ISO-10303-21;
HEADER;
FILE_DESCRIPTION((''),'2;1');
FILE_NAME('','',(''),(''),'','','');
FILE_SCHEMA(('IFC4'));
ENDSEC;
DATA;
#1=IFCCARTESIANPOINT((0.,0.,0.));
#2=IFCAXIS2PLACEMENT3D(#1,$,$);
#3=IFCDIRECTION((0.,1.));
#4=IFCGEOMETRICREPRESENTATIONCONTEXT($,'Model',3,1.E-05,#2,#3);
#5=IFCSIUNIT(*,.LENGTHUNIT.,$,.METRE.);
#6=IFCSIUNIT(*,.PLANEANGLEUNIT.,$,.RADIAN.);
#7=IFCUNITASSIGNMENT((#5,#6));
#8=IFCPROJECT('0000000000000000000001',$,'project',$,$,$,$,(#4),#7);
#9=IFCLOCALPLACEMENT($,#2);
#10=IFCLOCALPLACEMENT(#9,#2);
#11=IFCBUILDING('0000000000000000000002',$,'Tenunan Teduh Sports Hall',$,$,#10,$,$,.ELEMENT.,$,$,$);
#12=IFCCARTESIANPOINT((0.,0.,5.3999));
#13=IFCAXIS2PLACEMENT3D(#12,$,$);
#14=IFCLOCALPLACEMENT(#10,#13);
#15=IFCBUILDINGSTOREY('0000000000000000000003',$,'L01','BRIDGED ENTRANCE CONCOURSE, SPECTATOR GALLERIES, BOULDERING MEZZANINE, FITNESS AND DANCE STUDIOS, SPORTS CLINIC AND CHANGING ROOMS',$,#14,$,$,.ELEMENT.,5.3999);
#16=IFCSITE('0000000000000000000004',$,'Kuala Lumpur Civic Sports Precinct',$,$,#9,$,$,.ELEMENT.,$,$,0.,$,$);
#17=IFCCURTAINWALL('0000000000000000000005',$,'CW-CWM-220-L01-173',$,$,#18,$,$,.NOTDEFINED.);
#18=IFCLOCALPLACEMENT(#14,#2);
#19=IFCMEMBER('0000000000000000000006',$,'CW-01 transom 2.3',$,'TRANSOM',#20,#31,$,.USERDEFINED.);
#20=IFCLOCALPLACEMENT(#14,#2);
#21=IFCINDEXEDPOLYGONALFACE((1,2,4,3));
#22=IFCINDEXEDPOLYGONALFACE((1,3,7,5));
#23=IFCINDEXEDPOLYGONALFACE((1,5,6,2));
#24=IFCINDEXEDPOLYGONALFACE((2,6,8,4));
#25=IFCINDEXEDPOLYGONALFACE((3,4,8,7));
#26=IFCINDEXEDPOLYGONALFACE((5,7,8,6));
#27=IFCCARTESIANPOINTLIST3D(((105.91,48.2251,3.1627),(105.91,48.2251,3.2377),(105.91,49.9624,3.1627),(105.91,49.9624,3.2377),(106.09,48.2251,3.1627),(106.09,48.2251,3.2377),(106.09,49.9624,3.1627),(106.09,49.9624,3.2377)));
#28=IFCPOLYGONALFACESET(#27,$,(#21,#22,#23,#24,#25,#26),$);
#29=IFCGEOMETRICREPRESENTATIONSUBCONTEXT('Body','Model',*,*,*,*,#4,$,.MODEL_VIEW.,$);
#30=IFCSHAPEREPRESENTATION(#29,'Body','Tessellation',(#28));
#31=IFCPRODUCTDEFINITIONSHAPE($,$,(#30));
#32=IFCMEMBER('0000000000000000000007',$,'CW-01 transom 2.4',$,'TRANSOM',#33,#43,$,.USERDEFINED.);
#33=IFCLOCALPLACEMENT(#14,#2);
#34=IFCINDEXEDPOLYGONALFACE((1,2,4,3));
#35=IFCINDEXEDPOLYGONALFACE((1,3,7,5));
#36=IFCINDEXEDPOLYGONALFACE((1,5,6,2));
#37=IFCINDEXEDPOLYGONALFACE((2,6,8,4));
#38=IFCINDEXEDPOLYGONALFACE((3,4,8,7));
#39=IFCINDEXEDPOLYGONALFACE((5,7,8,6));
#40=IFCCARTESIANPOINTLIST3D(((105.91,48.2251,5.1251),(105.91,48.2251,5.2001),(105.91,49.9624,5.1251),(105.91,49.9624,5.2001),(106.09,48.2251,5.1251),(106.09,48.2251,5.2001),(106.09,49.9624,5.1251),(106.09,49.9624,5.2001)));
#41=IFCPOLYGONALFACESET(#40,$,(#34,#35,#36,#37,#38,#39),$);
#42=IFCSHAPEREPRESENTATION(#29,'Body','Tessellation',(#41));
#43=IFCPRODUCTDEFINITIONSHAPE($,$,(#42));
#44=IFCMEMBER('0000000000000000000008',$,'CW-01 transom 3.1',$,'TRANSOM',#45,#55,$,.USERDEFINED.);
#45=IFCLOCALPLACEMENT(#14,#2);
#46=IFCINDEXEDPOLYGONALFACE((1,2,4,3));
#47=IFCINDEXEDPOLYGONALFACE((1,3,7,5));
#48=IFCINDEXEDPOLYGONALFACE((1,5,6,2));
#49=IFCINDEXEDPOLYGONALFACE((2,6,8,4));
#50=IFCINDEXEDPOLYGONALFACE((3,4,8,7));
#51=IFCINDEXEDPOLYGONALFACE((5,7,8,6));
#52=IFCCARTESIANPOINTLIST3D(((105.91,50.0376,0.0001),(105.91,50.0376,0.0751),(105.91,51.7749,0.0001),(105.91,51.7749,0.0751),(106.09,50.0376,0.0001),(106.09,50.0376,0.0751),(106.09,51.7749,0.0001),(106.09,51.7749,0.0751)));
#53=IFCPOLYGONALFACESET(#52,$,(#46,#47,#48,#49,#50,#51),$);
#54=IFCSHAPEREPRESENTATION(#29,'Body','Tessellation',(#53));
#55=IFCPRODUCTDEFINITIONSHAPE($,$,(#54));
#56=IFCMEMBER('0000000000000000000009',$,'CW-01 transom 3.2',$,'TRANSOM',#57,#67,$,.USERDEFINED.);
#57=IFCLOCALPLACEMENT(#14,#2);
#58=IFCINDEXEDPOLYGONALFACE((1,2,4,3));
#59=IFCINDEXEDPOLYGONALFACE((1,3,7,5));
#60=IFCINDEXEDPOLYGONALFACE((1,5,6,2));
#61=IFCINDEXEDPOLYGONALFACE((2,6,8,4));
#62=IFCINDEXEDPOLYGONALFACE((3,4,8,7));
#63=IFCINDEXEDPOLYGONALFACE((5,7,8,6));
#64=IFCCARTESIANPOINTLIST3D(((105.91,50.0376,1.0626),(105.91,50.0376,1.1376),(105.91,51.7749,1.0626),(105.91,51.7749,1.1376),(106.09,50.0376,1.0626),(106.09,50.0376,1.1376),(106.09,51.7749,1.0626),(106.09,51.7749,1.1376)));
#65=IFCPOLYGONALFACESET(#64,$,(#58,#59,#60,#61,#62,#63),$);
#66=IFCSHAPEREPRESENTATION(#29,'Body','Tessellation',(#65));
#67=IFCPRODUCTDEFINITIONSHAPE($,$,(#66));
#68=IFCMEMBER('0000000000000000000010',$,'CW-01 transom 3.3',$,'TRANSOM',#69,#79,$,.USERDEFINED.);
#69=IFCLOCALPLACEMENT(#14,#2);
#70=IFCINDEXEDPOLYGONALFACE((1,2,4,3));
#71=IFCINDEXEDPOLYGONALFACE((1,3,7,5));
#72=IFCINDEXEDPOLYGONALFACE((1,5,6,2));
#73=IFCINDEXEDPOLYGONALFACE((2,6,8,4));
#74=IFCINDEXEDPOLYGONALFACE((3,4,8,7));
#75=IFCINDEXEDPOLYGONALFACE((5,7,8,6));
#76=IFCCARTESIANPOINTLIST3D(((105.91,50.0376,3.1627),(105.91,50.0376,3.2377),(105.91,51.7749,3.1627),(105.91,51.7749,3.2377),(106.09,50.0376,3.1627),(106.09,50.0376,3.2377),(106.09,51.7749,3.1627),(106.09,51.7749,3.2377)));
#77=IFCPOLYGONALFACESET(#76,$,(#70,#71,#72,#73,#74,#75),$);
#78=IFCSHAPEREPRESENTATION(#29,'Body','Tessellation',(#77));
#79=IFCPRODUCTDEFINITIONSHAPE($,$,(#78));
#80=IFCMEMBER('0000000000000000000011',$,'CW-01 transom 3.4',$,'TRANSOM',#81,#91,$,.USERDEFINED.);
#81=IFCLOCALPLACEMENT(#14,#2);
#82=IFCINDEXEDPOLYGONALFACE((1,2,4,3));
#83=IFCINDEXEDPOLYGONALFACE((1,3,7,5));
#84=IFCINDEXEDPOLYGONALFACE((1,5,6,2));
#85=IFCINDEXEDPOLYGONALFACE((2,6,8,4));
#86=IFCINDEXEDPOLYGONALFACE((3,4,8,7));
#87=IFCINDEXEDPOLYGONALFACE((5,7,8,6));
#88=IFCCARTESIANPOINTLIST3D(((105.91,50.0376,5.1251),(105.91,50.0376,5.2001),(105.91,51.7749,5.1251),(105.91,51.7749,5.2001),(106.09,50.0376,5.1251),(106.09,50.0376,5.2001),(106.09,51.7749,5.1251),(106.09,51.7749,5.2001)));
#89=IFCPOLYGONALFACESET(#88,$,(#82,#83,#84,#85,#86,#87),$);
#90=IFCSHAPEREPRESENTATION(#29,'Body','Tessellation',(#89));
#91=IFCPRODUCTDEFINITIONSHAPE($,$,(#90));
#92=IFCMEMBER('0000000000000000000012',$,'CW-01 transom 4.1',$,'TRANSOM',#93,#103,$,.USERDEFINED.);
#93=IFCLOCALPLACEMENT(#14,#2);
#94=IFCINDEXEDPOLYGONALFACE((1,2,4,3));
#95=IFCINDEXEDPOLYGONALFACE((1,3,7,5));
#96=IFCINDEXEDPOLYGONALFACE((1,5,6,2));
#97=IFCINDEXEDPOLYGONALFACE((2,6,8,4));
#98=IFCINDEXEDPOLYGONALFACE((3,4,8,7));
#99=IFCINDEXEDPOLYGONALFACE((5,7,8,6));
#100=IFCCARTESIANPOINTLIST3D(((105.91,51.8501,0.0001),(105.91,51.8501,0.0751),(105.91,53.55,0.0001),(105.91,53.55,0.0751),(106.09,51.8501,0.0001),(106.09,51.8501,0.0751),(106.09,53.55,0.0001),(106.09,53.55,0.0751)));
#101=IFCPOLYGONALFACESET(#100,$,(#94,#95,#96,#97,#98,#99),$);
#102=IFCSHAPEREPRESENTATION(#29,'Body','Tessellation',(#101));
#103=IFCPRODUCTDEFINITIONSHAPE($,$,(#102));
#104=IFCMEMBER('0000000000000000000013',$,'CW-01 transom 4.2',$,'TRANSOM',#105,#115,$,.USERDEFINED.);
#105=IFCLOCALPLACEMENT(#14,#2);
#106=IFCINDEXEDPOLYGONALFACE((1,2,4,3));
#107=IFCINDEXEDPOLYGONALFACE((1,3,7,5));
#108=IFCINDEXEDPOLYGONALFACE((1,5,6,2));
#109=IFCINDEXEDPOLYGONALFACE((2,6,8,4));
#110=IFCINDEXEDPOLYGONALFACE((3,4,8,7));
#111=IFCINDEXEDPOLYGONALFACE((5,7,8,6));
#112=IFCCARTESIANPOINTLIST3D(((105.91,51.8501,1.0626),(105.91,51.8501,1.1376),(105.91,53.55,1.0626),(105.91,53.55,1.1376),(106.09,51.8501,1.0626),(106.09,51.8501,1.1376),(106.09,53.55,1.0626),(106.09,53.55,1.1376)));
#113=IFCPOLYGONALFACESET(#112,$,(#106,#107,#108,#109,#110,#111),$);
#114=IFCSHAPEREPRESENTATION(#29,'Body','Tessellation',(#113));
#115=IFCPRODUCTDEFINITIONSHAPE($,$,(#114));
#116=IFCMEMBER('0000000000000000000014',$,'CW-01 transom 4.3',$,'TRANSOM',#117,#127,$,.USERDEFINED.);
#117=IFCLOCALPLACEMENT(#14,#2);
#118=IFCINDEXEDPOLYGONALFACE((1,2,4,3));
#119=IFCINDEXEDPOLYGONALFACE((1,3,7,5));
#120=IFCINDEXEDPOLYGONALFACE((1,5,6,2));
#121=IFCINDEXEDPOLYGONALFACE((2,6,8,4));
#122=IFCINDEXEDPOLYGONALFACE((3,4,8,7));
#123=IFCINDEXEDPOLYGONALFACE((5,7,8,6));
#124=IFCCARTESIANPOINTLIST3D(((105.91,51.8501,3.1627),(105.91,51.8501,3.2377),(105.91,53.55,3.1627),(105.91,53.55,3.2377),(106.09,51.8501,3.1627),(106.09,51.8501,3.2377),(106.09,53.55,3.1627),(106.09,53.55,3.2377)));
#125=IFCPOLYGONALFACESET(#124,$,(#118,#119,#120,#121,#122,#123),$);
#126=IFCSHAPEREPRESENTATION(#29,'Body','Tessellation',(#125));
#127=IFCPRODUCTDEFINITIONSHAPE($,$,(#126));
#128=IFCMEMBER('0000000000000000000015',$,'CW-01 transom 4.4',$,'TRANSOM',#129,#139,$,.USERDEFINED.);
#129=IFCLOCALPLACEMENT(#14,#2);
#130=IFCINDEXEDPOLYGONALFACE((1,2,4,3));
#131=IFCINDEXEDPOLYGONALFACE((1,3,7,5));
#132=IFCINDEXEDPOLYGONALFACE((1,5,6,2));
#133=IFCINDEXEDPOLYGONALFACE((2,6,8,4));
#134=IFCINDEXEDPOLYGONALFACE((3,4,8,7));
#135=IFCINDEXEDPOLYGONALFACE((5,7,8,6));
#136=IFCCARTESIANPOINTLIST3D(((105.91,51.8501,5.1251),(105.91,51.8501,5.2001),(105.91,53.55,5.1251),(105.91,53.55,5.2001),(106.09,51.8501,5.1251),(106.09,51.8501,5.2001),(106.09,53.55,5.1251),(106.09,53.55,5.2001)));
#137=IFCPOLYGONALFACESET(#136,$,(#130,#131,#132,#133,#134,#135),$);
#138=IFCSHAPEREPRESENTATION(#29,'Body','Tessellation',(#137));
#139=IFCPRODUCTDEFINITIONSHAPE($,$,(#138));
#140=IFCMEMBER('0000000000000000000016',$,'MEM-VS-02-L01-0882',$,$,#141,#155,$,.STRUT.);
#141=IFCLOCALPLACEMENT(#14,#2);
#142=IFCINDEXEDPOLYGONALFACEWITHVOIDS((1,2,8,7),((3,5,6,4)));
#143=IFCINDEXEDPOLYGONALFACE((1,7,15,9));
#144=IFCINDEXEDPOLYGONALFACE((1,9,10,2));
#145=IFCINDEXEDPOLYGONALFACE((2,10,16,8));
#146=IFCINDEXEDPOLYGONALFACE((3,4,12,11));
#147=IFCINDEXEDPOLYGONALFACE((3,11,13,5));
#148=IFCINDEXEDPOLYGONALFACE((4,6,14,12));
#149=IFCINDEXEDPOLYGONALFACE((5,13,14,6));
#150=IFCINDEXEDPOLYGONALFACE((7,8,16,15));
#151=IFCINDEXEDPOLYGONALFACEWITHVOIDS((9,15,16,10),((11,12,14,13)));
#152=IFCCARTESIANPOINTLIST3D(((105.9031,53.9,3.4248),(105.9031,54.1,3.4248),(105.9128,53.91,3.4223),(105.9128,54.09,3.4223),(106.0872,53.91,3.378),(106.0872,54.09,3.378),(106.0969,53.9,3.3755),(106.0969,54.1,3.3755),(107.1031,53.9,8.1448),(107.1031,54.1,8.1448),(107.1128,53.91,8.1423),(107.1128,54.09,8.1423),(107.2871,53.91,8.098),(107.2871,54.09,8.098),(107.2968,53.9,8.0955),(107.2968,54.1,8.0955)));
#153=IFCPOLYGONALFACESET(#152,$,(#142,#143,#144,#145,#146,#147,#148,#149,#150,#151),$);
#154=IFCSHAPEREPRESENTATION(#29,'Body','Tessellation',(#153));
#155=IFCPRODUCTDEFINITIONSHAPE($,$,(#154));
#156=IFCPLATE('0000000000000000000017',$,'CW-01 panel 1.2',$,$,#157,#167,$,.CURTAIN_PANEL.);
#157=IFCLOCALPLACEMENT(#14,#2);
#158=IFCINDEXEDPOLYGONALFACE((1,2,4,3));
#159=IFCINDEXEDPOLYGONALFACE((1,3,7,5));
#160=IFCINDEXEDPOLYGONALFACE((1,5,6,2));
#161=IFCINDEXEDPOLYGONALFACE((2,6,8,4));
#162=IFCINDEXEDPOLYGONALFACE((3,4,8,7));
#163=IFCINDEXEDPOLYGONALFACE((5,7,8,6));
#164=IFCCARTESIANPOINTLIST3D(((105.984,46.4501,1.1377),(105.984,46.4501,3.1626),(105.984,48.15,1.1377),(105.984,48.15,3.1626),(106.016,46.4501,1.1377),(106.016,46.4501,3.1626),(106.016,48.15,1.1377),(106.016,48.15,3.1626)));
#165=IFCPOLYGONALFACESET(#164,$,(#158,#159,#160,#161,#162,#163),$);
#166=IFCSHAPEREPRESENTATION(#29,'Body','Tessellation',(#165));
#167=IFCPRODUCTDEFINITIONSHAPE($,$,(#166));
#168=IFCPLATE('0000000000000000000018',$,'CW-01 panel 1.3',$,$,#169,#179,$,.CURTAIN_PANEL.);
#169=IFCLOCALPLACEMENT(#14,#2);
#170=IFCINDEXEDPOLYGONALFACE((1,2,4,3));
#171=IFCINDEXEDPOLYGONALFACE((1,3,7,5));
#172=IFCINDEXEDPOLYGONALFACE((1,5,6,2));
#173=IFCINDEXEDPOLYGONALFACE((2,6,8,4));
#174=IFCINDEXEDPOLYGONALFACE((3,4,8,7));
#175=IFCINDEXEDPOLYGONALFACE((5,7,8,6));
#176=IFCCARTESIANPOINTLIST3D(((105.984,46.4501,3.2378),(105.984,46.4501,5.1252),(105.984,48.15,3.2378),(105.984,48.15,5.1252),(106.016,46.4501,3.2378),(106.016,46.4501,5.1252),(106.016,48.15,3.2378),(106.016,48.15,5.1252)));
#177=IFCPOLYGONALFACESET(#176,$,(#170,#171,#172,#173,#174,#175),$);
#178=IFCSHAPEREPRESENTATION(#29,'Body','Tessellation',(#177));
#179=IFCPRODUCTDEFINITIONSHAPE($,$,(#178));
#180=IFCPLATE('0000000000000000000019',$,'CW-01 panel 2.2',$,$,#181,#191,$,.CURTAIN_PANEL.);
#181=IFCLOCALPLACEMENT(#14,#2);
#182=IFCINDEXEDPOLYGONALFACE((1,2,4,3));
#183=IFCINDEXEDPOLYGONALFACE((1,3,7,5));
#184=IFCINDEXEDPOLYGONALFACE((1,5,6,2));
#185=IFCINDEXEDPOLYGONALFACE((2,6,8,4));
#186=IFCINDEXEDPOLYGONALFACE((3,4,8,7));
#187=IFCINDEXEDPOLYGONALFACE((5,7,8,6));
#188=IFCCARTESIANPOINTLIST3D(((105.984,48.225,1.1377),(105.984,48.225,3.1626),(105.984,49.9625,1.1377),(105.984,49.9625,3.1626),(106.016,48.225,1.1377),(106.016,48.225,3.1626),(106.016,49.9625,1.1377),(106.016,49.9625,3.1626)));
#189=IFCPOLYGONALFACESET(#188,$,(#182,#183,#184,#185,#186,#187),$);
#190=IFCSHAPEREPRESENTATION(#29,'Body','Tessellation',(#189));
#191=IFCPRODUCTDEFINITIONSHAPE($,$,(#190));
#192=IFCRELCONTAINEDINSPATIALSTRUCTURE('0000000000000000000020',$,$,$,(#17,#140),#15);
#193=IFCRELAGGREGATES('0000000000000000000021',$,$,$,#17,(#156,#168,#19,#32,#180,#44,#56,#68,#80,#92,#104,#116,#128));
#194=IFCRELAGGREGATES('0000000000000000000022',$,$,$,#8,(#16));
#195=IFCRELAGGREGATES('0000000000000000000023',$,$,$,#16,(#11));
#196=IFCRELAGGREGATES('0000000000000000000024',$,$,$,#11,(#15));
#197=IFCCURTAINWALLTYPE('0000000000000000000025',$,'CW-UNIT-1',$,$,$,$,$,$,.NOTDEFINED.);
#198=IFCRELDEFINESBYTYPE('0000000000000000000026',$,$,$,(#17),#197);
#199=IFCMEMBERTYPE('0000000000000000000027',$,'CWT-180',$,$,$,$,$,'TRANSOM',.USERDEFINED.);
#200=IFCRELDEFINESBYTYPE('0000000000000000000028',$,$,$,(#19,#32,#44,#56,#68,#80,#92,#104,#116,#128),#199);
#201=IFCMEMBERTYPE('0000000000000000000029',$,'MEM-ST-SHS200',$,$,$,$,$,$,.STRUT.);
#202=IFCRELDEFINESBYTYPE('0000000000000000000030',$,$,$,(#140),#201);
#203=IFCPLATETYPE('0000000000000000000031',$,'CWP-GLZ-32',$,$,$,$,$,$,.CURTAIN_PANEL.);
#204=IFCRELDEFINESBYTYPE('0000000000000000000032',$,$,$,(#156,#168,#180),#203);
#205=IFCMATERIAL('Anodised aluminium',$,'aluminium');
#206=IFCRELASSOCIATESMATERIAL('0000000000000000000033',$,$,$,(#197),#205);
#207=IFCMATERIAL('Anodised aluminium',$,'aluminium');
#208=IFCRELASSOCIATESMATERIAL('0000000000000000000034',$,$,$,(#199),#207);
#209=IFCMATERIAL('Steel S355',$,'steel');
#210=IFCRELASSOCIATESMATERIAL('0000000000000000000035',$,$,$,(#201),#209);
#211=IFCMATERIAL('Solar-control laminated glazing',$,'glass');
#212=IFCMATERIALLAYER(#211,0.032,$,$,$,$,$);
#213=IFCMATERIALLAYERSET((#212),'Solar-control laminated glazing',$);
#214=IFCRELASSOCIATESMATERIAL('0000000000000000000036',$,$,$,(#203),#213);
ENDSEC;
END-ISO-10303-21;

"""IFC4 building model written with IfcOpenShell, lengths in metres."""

from ifc_helpers import new_model, si_unit, direction, frame, origin, origin_2d, place, context, subcontext, project, spatial, rectangle, hollow_rectangle, extrude, material, layer, layer_set, material_profile, profile_set, type_object, element, aggregate, save


model = new_model("IFC4")

# Units and contexts
model_context = context("Model", 3, precision=1e-05, world=origin(), true_north=direction((0.0, 1.0)))
body_context = subcontext(model_context, "Body", "Model", "MODEL_VIEW")
ifc_project = project(units=[si_unit("LENGTHUNIT", "METRE"), si_unit("PLANEANGLEUNIT", "RADIAN")], contexts=[model_context])

# Site, building, storey
site_placement = place(None, origin())
site = spatial("IfcSite", under=ifc_project, at=site_placement, Name="Kuala Lumpur Civic Sports Precinct", CompositionType="ELEMENT", RefElevation=0.0)
building_placement = place(site_placement, origin())
building = spatial("IfcBuilding", under=site, at=building_placement, Name="Tenunan Teduh Sports Hall", CompositionType="ELEMENT")
storey_placement = place(building_placement, frame((0.0, 0.0, 5.3999)))
storey = spatial("IfcBuildingStorey", under=building, at=storey_placement, Name="L01", Description="BRIDGED ENTRANCE CONCOURSE, SPECTATOR GALLERIES, BOULDERING MEZZANINE, FITNESS AND DANCE STUDIOS, SPORTS CLINIC AND CHANGING ROOMS", CompositionType="ELEMENT", Elevation=5.3999)

# Curtain wall, members
ifc_material_1 = material(Name="Anodised aluminium", Category="aluminium")
curtain_wall_type = type_object("IfcCurtainWallType", Name="CW-UNIT-1", PredefinedType="NOTDEFINED", material=ifc_material_1)
curtain_wall_placement = place(storey_placement, origin())
curtain_wall = element("IfcCurtainWall", 1, at=curtain_wall_placement, inside=storey, type_object=curtain_wall_type, Name="CW-CWM-220-L01-173", PredefinedType="NOTDEFINED")
ifc_material_2 = material(Name="Anodised aluminium", Category="aluminium")
ifc_material_profile_1 = material_profile(ifc_material_2, rectangle(XDim=0.075, YDim=0.1799, at=origin_2d()), Name="CWT 75x180")
ifc_profile_set_1 = profile_set([ifc_material_profile_1], Name="Anodised aluminium")
member_type_1 = type_object("IfcMemberType", Name="CWT-180", ElementType="TRANSOM", PredefinedType="USERDEFINED", material=ifc_profile_set_1)
member_1_placement = place(storey_placement, frame((106.0, 48.2251, 3.2002), z_axis=(0.0, 1.0, 0.0), x_axis=(0.0, 0.0, 1.0)))
member_1 = element("IfcMember", 2, at=member_1_placement, type_object=member_type_1, Name="CW-01 transom 2.3", ObjectType="TRANSOM", PredefinedType="USERDEFINED", context=body_context, shape_type="SweptSolid", body=[
    extrude(rectangle(XDim=0.075, YDim=0.1799, at=origin_2d()), origin(), (0.0, 0.0, 1.0), 1.7373),
])
member_2_placement = place(storey_placement, frame((106.0, 48.2251, 5.1626), z_axis=(0.0, 1.0, 0.0), x_axis=(0.0, 0.0, 1.0)))
member_2 = element("IfcMember", 3, at=member_2_placement, type_object=member_type_1, Name="CW-01 transom 2.4", ObjectType="TRANSOM", PredefinedType="USERDEFINED", context=body_context, shape_type="SweptSolid", body=[
    extrude(rectangle(XDim=0.075, YDim=0.1799, at=origin_2d()), origin(), (0.0, 0.0, 1.0), 1.7373),
])
member_3_placement = place(storey_placement, frame((106.0, 50.0376, 0.0376), z_axis=(0.0, 1.0, 0.0), x_axis=(0.0, 0.0, 1.0)))
member_3 = element("IfcMember", 4, at=member_3_placement, type_object=member_type_1, Name="CW-01 transom 3.1", ObjectType="TRANSOM", PredefinedType="USERDEFINED", context=body_context, shape_type="SweptSolid", body=[
    extrude(rectangle(XDim=0.075, YDim=0.1799, at=origin_2d()), origin(), (0.0, 0.0, 1.0), 1.7373),
])
member_4_placement = place(storey_placement, frame((106.0, 50.0376, 1.1001), z_axis=(0.0, 1.0, 0.0), x_axis=(0.0, 0.0, 1.0)))
member_4 = element("IfcMember", 5, at=member_4_placement, type_object=member_type_1, Name="CW-01 transom 3.2", ObjectType="TRANSOM", PredefinedType="USERDEFINED", context=body_context, shape_type="SweptSolid", body=[
    extrude(rectangle(XDim=0.075, YDim=0.1799, at=origin_2d()), origin(), (0.0, 0.0, 1.0), 1.7373),
])
member_5_placement = place(storey_placement, frame((106.0, 50.0376, 3.2002), z_axis=(0.0, 1.0, 0.0), x_axis=(0.0, 0.0, 1.0)))
member_5 = element("IfcMember", 6, at=member_5_placement, type_object=member_type_1, Name="CW-01 transom 3.3", ObjectType="TRANSOM", PredefinedType="USERDEFINED", context=body_context, shape_type="SweptSolid", body=[
    extrude(rectangle(XDim=0.075, YDim=0.1799, at=origin_2d()), origin(), (0.0, 0.0, 1.0), 1.7373),
])
member_6_placement = place(storey_placement, frame((106.0, 50.0376, 5.1626), z_axis=(0.0, 1.0, 0.0), x_axis=(0.0, 0.0, 1.0)))
member_6 = element("IfcMember", 7, at=member_6_placement, type_object=member_type_1, Name="CW-01 transom 3.4", ObjectType="TRANSOM", PredefinedType="USERDEFINED", context=body_context, shape_type="SweptSolid", body=[
    extrude(rectangle(XDim=0.075, YDim=0.1799, at=origin_2d()), origin(), (0.0, 0.0, 1.0), 1.7373),
])
member_7_placement = place(storey_placement, frame((106.0, 51.8501, 0.0376), z_axis=(0.0, 1.0, 0.0), x_axis=(0.0, 0.0, 1.0)))
member_7 = element("IfcMember", 8, at=member_7_placement, type_object=member_type_1, Name="CW-01 transom 4.1", ObjectType="TRANSOM", PredefinedType="USERDEFINED", context=body_context, shape_type="SweptSolid", body=[
    extrude(rectangle(XDim=0.075, YDim=0.1799, at=origin_2d()), origin(), (0.0, 0.0, 1.0), 1.7),
])
member_8_placement = place(storey_placement, frame((106.0, 51.8501, 1.1001), z_axis=(0.0, 1.0, 0.0), x_axis=(0.0, 0.0, 1.0)))
member_8 = element("IfcMember", 9, at=member_8_placement, type_object=member_type_1, Name="CW-01 transom 4.2", ObjectType="TRANSOM", PredefinedType="USERDEFINED", context=body_context, shape_type="SweptSolid", body=[
    extrude(rectangle(XDim=0.075, YDim=0.1799, at=origin_2d()), origin(), (0.0, 0.0, 1.0), 1.7),
])
member_9_placement = place(storey_placement, frame((106.0, 51.8501, 3.2002), z_axis=(0.0, 1.0, 0.0), x_axis=(0.0, 0.0, 1.0)))
member_9 = element("IfcMember", 10, at=member_9_placement, type_object=member_type_1, Name="CW-01 transom 4.3", ObjectType="TRANSOM", PredefinedType="USERDEFINED", context=body_context, shape_type="SweptSolid", body=[
    extrude(rectangle(XDim=0.075, YDim=0.1799, at=origin_2d()), origin(), (0.0, 0.0, 1.0), 1.7),
])
member_10_placement = place(storey_placement, frame((106.0, 51.8501, 5.1626), z_axis=(0.0, 1.0, 0.0), x_axis=(0.0, 0.0, 1.0)))
member_10 = element("IfcMember", 11, at=member_10_placement, type_object=member_type_1, Name="CW-01 transom 4.4", ObjectType="TRANSOM", PredefinedType="USERDEFINED", context=body_context, shape_type="SweptSolid", body=[
    extrude(rectangle(XDim=0.075, YDim=0.1799, at=origin_2d()), origin(), (0.0, 0.0, 1.0), 1.7),
])

# Member
ifc_material_3 = material(Name="Steel S355", Category="steel")
ifc_material_profile_2 = material_profile(ifc_material_3, hollow_rectangle(XDim=0.2, YDim=0.2, WallThickness=0.01, at=origin_2d()), Name="SHS 200x200x10.0")
ifc_profile_set_2 = profile_set([ifc_material_profile_2], Name="Steel S355")
member_type_2 = type_object("IfcMemberType", Name="MEM-ST-SHS200", PredefinedType="STRUT", material=ifc_profile_set_2)
member_11_placement = place(storey_placement, frame((106.0, 54.0, 3.4001), z_axis=(0.246391, 0.0, 0.969171), x_axis=(0.0, 1.0, 0.0)))
element("IfcMember", 12, at=member_11_placement, inside=storey, type_object=member_type_2, Name="MEM-VS-02-L01-0882", PredefinedType="STRUT", context=body_context, shape_type="SweptSolid", body=[
    extrude(hollow_rectangle(XDim=0.2, YDim=0.2, WallThickness=0.01, at=origin_2d()), origin(), (0.0, 0.0, 1.0), 4.8701),
])

# Plates
ifc_material_4 = material(Name="Solar-control laminated glazing", Category="glass")
ifc_layer_1 = layer(ifc_material_4, 0.032)
ifc_layer_set_1 = layer_set([ifc_layer_1], Name="Solar-control laminated glazing")
plate_type_1 = type_object("IfcPlateType", Name="CWP-GLZ-32", PredefinedType="CURTAIN_PANEL", material=ifc_layer_set_1)
plate_1_placement = place(storey_placement, frame((106.0, 47.3, 1.1377), z_axis=(0.0, 0.0, 1.0), x_axis=(0.0, 1.0, 0.0)))
plate_1 = element("IfcPlate", 13, at=plate_1_placement, type_object=plate_type_1, Name="CW-01 panel 1.2", PredefinedType="CURTAIN_PANEL", context=body_context, shape_type="SweptSolid", body=[
    extrude(rectangle(XDim=1.7, YDim=0.032, at=origin_2d()), origin(), (0.0, 0.0, 1.0), 2.0249),
])
plate_2_placement = place(storey_placement, frame((106.0, 47.3, 3.2378), z_axis=(0.0, 0.0, 1.0), x_axis=(0.0, 1.0, 0.0)))
plate_2 = element("IfcPlate", 14, at=plate_2_placement, type_object=plate_type_1, Name="CW-01 panel 1.3", PredefinedType="CURTAIN_PANEL", context=body_context, shape_type="SweptSolid", body=[
    extrude(rectangle(XDim=1.7, YDim=0.032, at=origin_2d()), origin(), (0.0, 0.0, 1.0), 1.8875),
])
plate_3_placement = place(storey_placement, frame((106.0, 49.0938, 1.1377), z_axis=(0.0, 0.0, 1.0), x_axis=(0.0, 1.0, 0.0)))
plate_3 = element("IfcPlate", 15, at=plate_3_placement, type_object=plate_type_1, Name="CW-01 panel 2.2", PredefinedType="CURTAIN_PANEL", context=body_context, shape_type="SweptSolid", body=[
    extrude(rectangle(XDim=1.7375, YDim=0.032, at=origin_2d()), origin(), (0.0, 0.0, 1.0), 2.0249),
])
aggregate(curtain_wall, [plate_1, plate_2, member_1, member_2, plate_3, member_3, member_4, member_5, member_6, member_7, member_8, member_9, member_10])

save(model, "model.ifc")
